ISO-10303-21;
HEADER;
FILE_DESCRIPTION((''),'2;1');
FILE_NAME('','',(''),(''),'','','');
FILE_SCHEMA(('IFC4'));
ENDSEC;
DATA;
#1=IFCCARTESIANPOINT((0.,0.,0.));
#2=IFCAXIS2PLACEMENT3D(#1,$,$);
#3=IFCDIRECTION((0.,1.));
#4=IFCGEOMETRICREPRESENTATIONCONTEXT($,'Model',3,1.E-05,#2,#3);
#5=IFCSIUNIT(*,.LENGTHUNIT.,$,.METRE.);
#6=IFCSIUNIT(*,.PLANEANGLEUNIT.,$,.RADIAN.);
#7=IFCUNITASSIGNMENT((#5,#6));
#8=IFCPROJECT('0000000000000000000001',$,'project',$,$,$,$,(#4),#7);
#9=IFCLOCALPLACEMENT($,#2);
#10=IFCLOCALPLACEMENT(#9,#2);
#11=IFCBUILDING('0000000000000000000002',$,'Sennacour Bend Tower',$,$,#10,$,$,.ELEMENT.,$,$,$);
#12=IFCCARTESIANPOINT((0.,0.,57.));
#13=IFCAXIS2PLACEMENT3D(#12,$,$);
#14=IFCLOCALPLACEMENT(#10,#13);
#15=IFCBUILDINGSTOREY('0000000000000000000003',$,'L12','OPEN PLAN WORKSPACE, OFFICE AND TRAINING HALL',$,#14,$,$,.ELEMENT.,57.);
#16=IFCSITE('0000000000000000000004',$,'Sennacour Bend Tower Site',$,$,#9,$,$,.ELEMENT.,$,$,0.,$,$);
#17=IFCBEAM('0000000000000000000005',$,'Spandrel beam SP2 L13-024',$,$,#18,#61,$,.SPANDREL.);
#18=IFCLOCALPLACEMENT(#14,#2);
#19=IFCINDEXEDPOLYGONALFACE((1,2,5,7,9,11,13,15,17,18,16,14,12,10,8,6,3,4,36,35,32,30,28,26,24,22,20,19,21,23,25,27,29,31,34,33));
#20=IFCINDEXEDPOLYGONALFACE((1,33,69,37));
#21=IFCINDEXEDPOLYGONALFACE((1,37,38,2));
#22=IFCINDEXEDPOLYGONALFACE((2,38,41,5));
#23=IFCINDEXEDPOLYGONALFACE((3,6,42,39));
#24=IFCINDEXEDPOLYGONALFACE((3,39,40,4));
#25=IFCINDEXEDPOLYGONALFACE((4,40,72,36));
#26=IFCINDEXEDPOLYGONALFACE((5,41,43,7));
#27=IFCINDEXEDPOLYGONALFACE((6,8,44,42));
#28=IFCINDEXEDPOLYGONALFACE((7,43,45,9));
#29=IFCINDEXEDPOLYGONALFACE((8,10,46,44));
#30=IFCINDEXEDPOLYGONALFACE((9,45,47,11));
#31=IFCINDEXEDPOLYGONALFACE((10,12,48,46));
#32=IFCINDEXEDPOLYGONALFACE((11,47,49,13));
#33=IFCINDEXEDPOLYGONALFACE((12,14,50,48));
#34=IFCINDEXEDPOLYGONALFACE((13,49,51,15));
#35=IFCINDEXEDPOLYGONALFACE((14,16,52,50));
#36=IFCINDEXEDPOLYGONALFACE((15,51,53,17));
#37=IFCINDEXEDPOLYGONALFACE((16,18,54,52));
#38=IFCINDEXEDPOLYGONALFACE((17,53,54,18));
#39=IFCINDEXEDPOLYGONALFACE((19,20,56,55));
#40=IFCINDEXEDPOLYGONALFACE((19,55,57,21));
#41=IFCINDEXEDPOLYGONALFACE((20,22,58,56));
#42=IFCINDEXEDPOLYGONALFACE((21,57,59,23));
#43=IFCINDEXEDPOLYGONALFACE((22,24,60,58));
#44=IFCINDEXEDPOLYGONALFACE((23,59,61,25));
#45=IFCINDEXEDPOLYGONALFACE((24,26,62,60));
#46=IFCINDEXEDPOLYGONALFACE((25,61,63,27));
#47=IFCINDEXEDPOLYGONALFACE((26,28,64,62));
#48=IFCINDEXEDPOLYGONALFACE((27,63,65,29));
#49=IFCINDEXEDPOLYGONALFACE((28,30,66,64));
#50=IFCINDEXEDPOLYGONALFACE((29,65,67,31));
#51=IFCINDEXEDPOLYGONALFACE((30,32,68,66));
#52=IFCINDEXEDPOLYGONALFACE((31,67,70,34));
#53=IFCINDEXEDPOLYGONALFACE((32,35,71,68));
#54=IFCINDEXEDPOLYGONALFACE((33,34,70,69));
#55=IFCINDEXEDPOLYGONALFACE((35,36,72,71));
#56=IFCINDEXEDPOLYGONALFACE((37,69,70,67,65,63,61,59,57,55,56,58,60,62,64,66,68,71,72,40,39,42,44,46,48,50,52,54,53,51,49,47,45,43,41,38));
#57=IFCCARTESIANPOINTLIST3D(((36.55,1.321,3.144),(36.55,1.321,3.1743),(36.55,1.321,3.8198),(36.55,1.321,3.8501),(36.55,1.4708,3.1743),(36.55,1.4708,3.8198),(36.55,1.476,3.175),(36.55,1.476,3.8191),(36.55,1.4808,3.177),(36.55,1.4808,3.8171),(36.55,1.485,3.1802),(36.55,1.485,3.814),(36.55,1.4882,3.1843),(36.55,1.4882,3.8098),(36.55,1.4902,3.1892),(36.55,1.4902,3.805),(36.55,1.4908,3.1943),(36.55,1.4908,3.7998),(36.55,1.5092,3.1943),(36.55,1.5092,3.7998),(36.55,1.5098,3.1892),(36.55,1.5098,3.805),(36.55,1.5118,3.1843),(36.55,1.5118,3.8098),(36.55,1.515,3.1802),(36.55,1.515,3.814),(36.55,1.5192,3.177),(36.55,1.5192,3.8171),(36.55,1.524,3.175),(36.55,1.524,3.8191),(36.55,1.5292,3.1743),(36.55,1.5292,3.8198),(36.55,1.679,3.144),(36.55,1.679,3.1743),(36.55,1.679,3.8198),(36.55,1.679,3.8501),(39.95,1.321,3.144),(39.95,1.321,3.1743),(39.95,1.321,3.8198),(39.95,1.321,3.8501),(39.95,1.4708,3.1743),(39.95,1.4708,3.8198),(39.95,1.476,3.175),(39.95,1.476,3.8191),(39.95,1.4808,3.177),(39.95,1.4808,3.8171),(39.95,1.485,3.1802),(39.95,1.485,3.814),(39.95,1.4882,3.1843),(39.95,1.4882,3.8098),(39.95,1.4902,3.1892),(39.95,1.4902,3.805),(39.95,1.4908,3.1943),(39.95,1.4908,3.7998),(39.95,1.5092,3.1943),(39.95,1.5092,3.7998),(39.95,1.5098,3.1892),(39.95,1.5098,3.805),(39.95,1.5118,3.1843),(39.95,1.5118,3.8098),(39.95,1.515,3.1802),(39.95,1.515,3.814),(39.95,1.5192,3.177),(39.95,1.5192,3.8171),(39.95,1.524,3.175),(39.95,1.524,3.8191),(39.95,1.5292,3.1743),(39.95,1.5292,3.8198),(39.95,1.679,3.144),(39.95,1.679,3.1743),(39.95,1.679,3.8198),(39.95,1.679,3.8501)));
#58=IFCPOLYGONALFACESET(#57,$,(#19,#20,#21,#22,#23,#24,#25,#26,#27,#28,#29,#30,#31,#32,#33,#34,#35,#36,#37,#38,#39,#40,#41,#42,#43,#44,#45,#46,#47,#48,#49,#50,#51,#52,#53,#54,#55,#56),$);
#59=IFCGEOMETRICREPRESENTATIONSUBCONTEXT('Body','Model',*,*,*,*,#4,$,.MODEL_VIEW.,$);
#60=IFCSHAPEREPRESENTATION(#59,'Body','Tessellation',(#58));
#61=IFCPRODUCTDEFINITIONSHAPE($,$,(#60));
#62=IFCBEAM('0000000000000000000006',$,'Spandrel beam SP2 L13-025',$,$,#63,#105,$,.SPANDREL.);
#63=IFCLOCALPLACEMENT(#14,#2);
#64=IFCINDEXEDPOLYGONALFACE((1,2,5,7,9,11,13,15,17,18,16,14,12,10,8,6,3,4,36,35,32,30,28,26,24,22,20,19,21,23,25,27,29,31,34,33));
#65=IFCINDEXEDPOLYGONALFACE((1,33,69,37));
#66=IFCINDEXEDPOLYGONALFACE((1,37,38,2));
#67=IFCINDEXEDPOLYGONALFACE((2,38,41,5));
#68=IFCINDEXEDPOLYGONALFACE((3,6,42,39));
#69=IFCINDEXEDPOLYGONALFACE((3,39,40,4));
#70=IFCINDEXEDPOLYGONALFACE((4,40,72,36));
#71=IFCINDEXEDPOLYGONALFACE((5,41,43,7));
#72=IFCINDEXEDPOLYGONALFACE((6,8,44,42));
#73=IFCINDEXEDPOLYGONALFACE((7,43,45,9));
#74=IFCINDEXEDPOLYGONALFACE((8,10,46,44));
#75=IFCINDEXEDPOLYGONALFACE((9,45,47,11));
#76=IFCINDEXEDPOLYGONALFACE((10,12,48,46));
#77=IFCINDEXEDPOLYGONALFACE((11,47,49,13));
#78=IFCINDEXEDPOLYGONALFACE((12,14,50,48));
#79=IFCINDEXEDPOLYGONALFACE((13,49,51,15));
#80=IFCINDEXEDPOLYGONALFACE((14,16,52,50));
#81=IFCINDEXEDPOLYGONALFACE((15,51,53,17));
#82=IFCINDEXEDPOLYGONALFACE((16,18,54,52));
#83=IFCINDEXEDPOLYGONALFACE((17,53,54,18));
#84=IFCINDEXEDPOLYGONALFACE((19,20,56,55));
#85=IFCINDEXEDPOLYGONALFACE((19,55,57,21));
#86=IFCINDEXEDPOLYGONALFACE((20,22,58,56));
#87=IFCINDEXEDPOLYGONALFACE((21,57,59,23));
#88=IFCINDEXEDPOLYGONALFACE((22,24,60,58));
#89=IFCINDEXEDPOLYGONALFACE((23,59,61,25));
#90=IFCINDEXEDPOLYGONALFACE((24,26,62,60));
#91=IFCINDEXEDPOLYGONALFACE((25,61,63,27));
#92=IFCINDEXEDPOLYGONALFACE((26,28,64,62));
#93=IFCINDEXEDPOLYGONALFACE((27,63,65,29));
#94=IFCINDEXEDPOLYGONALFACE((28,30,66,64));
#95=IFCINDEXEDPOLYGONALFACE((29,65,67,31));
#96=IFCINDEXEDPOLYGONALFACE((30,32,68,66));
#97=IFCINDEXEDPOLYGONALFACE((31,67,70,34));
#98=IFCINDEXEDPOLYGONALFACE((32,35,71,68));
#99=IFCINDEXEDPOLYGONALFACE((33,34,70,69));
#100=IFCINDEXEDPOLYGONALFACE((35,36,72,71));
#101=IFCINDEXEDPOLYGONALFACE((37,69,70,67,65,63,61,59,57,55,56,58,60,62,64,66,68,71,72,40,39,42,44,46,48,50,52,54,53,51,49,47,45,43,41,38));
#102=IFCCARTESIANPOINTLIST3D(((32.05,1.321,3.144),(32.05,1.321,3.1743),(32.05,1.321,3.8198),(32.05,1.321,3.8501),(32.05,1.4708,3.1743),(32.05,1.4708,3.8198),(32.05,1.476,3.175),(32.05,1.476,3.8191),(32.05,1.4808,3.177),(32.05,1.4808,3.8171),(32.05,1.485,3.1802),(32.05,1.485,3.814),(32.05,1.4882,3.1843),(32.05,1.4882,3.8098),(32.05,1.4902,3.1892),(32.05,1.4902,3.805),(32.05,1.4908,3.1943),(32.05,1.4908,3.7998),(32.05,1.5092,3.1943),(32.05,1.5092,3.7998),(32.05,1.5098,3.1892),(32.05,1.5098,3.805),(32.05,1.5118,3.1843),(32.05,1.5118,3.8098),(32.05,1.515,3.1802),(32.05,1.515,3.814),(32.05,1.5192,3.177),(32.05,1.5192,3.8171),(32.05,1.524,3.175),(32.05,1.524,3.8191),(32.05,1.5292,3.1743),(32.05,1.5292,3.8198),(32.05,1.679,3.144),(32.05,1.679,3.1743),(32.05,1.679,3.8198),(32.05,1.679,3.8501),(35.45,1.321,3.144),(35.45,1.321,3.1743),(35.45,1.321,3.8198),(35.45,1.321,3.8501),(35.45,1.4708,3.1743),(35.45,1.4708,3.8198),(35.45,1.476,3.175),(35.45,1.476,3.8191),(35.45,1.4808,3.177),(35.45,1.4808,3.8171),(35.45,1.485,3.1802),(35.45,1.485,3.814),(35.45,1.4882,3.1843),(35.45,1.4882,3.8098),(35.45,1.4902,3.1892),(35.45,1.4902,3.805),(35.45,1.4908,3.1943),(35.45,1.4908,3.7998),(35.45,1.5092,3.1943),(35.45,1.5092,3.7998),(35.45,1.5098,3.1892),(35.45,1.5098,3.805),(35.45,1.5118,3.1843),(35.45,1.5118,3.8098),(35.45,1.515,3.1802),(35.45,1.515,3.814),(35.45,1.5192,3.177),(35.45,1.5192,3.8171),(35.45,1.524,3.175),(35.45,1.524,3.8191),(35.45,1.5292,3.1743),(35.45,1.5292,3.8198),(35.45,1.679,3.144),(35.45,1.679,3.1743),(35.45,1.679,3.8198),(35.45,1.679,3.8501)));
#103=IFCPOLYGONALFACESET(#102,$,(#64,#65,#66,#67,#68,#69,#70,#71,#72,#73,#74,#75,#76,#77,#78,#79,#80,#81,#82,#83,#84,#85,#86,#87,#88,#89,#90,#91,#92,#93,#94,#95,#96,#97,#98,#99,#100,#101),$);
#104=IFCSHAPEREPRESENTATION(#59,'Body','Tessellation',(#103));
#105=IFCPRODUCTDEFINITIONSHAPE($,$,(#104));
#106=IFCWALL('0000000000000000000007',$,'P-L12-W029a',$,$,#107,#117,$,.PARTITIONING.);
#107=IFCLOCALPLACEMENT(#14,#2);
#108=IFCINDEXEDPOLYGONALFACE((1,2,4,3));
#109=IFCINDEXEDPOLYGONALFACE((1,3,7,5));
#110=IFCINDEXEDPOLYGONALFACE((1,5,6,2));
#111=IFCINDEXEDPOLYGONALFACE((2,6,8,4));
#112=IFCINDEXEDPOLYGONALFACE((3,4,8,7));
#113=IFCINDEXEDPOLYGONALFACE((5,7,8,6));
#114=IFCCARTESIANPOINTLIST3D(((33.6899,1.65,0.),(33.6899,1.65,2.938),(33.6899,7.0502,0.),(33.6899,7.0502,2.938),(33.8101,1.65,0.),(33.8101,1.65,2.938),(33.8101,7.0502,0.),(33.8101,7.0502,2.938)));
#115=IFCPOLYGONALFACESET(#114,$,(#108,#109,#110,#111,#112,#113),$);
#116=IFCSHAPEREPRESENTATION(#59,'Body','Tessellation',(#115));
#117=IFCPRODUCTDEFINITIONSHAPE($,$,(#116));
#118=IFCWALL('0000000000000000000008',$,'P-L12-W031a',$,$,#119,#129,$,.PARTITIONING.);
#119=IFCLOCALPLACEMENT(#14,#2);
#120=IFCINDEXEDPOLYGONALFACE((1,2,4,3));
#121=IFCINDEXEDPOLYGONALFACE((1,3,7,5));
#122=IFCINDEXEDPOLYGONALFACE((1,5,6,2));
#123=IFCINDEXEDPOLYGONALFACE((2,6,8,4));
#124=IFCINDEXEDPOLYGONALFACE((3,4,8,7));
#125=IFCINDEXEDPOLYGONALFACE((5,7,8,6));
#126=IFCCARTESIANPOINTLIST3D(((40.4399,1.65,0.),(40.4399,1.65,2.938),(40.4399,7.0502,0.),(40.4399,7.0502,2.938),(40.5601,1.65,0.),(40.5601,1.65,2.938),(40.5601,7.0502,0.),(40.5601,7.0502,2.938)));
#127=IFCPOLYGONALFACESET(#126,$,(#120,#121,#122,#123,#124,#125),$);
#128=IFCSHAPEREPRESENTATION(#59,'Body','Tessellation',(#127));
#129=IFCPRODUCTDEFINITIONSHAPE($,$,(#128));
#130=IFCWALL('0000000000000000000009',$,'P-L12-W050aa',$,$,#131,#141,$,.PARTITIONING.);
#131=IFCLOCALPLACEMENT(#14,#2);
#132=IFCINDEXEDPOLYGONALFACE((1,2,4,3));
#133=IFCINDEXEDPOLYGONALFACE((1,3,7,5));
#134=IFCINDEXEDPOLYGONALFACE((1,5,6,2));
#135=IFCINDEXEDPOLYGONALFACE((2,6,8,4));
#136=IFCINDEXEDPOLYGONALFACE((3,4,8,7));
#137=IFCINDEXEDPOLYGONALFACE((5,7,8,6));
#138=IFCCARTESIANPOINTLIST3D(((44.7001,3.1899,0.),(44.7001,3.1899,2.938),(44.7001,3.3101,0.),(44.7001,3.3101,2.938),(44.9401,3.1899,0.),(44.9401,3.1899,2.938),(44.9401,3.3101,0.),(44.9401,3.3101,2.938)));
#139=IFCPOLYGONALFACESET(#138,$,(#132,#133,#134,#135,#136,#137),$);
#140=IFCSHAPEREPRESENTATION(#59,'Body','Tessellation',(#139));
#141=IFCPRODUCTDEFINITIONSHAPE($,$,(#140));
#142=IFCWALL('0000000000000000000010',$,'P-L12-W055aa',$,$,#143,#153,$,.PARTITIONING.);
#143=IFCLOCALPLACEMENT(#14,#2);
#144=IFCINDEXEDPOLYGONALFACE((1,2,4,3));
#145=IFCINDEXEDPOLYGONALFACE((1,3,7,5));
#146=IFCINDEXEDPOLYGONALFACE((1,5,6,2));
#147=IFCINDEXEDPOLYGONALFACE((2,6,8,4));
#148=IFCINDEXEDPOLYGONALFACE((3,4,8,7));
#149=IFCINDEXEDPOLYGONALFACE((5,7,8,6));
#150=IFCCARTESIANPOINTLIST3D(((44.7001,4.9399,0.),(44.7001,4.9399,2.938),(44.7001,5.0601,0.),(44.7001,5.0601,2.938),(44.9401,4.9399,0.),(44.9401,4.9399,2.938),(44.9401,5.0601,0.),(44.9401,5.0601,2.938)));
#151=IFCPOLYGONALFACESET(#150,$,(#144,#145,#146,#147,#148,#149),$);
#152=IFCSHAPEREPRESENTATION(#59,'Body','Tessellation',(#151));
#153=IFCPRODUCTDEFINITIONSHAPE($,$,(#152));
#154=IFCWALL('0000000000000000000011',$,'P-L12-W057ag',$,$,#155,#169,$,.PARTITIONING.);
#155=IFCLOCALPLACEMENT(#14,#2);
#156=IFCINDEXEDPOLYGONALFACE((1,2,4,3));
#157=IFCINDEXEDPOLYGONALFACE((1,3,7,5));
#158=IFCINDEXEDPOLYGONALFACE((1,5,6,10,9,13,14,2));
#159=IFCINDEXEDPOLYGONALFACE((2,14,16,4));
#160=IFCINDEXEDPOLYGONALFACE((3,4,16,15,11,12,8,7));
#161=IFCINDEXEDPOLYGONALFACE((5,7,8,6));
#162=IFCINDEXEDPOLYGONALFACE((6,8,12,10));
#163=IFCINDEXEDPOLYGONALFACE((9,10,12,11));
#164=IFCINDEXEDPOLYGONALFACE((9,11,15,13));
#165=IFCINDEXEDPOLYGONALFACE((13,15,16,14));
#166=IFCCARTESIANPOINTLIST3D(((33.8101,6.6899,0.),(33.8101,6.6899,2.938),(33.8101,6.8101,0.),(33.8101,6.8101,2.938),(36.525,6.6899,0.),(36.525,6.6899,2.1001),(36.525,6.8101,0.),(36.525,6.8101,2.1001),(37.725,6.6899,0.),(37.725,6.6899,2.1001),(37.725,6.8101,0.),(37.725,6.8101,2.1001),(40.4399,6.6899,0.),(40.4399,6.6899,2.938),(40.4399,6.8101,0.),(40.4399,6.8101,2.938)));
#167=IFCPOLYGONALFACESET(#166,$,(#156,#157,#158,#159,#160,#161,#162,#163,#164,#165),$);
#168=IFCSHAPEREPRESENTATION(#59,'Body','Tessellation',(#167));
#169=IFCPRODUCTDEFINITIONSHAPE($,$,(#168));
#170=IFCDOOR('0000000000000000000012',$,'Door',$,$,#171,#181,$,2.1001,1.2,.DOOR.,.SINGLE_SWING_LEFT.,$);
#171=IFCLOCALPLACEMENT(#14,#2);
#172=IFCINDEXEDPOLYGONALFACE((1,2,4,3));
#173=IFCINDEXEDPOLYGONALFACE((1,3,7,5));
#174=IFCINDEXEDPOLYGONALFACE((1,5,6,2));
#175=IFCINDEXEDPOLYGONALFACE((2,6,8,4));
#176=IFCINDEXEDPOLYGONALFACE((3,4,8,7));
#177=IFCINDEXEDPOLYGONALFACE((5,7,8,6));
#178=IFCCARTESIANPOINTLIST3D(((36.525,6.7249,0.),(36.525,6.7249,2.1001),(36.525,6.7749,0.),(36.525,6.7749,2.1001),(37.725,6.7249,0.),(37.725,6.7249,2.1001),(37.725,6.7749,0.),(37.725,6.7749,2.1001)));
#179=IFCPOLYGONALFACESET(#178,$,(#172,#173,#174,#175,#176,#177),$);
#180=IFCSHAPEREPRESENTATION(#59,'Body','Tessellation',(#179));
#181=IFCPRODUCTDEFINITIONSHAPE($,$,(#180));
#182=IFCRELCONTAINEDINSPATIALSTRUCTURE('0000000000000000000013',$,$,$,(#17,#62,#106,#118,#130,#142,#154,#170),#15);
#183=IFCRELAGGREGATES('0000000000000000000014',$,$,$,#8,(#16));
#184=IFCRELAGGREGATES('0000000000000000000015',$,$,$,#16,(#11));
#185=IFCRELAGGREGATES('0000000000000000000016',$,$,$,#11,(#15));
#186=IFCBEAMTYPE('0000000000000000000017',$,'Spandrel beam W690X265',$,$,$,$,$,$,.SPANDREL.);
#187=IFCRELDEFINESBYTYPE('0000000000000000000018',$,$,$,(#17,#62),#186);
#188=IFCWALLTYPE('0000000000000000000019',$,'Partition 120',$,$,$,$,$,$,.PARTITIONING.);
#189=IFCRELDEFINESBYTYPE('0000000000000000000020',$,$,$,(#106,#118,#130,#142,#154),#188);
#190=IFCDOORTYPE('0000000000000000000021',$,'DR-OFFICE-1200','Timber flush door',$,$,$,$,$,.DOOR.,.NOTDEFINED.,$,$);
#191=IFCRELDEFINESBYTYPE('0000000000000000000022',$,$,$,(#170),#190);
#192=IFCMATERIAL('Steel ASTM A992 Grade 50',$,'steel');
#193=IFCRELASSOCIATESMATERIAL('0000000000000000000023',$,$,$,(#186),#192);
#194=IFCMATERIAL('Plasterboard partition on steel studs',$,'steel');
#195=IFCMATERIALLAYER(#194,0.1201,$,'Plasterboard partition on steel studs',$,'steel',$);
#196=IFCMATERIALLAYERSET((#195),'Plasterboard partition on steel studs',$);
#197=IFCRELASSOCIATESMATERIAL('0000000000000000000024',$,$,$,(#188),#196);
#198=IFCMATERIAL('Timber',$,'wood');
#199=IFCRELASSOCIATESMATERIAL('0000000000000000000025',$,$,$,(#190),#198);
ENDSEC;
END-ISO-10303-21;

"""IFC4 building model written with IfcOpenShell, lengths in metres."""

from ifc_helpers import new_model, si_unit, direction, frame, frame_2d, origin, origin_2d, place, context, subcontext, project, spatial, rectangle, i_section, extrude, material, layer, layer_set, material_profile, profile_set, type_object, element, fill, save


model = new_model("IFC4")

# Units and contexts
model_context = context("Model", 3, precision=1e-05, world=origin(), true_north=direction((0.0, 1.0)))
body_context = subcontext(model_context, "Body", "Model", "MODEL_VIEW")
ifc_project = project(units=[si_unit("LENGTHUNIT", "METRE"), si_unit("PLANEANGLEUNIT", "RADIAN")], contexts=[model_context])

# Site, building, storey
site_placement = place(None, origin())
site = spatial("IfcSite", under=ifc_project, at=site_placement, Name="Sennacour Bend Tower Site", CompositionType="ELEMENT", RefElevation=0.0)
building_placement = place(site_placement, origin())
building = spatial("IfcBuilding", under=site, at=building_placement, Name="Sennacour Bend Tower", CompositionType="ELEMENT")
storey_placement = place(building_placement, frame((0.0, 0.0, 57.0)))
storey = spatial("IfcBuildingStorey", under=building, at=storey_placement, Name="L12", Description="OPEN PLAN WORKSPACE, OFFICE AND TRAINING HALL", CompositionType="ELEMENT", Elevation=57.0)

# Beams
ifc_material_1 = material(Name="Steel ASTM A992 Grade 50", Category="steel")
ifc_material_profile_1 = material_profile(ifc_material_1, i_section(OverallWidth=0.3579, OverallDepth=0.7061, WebThickness=0.0183, FlangeThickness=0.0303, FilletRadius=0.02, at=origin_2d()), Name="Steel ASTM A992 Grade 50", Category="steel")
ifc_profile_set_1 = profile_set([ifc_material_profile_1], Name="Steel ASTM A992 Grade 50")
beam_type_1 = type_object("IfcBeamType", Name="Spandrel beam W690X265", PredefinedType="SPANDREL", material=ifc_profile_set_1)
for number, where, z_axis, x_axis, name in (
    (1, (39.95, 1.5, 3.4971), (-1.0, 0.0, 0.0), (0.0, -1.0, 0.0), "Spandrel beam SP2 L13-024"),
    (2, (35.45, 1.5, 3.4971), (-1.0, 0.0, 0.0), (0.0, -1.0, 0.0), "Spandrel beam SP2 L13-025"),
):
    element("IfcBeam", number, at=place(storey_placement, frame(where, z_axis=z_axis, x_axis=x_axis)), inside=storey, type_object=beam_type_1, Name=name, PredefinedType="SPANDREL", context=body_context, shape_type="SweptSolid", body=[
        extrude(i_section(OverallWidth=0.3579, OverallDepth=0.7061, WebThickness=0.0183, FlangeThickness=0.0303, FilletRadius=0.02, at=origin_2d()), origin(), (0.0, 0.0, 1.0), 3.3999),
    ])

# Walls
ifc_material_2 = material(Name="Plasterboard partition on steel studs", Category="steel")
ifc_layer_1 = layer(ifc_material_2, 0.1201, Name="Plasterboard partition on steel studs", Category="steel")
ifc_layer_set_1 = layer_set([ifc_layer_1], Name="Plasterboard partition on steel studs")
wall_type_1 = type_object("IfcWallType", Name="Partition 120", PredefinedType="PARTITIONING", material=ifc_layer_set_1)
for number, where, z_axis, x_axis, name in (
    (3, (33.75, 1.6499, 0.0), (0.0, 0.0, 1.0), (0.0, 1.0, 0.0), "P-L12-W029a"),
    (4, (40.5, 1.6499, 0.0), (0.0, 0.0, 1.0), (0.0, 1.0, 0.0), "P-L12-W031a"),
):
    element("IfcWall", number, at=place(storey_placement, frame(where, z_axis=z_axis, x_axis=x_axis)), inside=storey, type_object=wall_type_1, Name=name, PredefinedType="PARTITIONING", context=body_context, shape_type="SweptSolid", body=[
        extrude(rectangle(XDim=5.4001, YDim=0.1201, at=frame_2d((2.7002, 0.0))), origin(), (0.0, 0.0, 1.0), 2.938),
    ])
for number, where, z_axis, x_axis, name in (
    (5, (44.7, 3.25, 0.0), (0.0, 0.0, 1.0), (1.0, 0.0, 0.0), "P-L12-W050aa"),
    (6, (44.7, 5.0, 0.0), (0.0, 0.0, 1.0), (1.0, 0.0, 0.0), "P-L12-W055aa"),
):
    element("IfcWall", number, at=place(storey_placement, frame(where, z_axis=z_axis, x_axis=x_axis)), inside=storey, type_object=wall_type_1, Name=name, PredefinedType="PARTITIONING", context=body_context, shape_type="SweptSolid", body=[
        extrude(rectangle(XDim=0.24, YDim=0.1201, at=frame_2d((0.1201, 0.0))), origin(), (0.0, 0.0, 1.0), 2.938),
    ])

# Wall, opening, door
wall_1_placement = place(storey_placement, frame((33.8101, 6.75, 0.0), z_axis=(0.0, 0.0, 1.0), x_axis=(1.0, 0.0, 0.0)))
wall_1 = element("IfcWall", 7, at=wall_1_placement, inside=storey, type_object=wall_type_1, Name="P-L12-W057ag", PredefinedType="PARTITIONING", context=body_context, shape_type="SweptSolid", body=[
    extrude(rectangle(XDim=6.6299, YDim=0.1201, at=frame_2d((3.3149, 0.0))), origin(), (0.0, 0.0, 1.0), 2.938),
])
opening_1_placement = place(wall_1_placement, frame((2.7148, 0.0, 0.0)))
opening_1 = element("IfcOpeningElement", 8, at=opening_1_placement, cuts=wall_1, PredefinedType="OPENING", context=body_context, shape_type="SweptSolid", body=[
    extrude(rectangle(XDim=1.2, YDim=2.1001, at=frame_2d((0.6001, 1.05))), frame((0.0, 0.0701, 0.0), z_axis=(0.0, -1.0, 0.0), x_axis=(1.0, 0.0, 0.0)), (0.0, 0.0, 1.0), 0.1401),
])
ifc_material_3 = material(Name="Timber", Category="wood")
door_type = type_object("IfcDoorType", Name="DR-OFFICE-1200", Description="Timber flush door", OperationType="NOTDEFINED", PredefinedType="DOOR", material=ifc_material_3)
door_placement = place(opening_1_placement, origin())
door = element("IfcDoor", 9, at=door_placement, inside=storey, type_object=door_type, Name="Door", OperationType="SINGLE_SWING_LEFT", OverallHeight=2.1001, OverallWidth=1.2, PredefinedType="DOOR", context=body_context, shape_type="SweptSolid", body=[
    extrude(rectangle(XDim=1.2, YDim=2.1001, at=frame_2d((0.6001, 1.05))), frame((0.0, 0.0249, 0.0), z_axis=(0.0, -1.0, 0.0), x_axis=(1.0, 0.0, 0.0)), (0.0, 0.0, 1.0), 0.05),
])
fill(opening_1, door)

save(model, "model.ifc")
